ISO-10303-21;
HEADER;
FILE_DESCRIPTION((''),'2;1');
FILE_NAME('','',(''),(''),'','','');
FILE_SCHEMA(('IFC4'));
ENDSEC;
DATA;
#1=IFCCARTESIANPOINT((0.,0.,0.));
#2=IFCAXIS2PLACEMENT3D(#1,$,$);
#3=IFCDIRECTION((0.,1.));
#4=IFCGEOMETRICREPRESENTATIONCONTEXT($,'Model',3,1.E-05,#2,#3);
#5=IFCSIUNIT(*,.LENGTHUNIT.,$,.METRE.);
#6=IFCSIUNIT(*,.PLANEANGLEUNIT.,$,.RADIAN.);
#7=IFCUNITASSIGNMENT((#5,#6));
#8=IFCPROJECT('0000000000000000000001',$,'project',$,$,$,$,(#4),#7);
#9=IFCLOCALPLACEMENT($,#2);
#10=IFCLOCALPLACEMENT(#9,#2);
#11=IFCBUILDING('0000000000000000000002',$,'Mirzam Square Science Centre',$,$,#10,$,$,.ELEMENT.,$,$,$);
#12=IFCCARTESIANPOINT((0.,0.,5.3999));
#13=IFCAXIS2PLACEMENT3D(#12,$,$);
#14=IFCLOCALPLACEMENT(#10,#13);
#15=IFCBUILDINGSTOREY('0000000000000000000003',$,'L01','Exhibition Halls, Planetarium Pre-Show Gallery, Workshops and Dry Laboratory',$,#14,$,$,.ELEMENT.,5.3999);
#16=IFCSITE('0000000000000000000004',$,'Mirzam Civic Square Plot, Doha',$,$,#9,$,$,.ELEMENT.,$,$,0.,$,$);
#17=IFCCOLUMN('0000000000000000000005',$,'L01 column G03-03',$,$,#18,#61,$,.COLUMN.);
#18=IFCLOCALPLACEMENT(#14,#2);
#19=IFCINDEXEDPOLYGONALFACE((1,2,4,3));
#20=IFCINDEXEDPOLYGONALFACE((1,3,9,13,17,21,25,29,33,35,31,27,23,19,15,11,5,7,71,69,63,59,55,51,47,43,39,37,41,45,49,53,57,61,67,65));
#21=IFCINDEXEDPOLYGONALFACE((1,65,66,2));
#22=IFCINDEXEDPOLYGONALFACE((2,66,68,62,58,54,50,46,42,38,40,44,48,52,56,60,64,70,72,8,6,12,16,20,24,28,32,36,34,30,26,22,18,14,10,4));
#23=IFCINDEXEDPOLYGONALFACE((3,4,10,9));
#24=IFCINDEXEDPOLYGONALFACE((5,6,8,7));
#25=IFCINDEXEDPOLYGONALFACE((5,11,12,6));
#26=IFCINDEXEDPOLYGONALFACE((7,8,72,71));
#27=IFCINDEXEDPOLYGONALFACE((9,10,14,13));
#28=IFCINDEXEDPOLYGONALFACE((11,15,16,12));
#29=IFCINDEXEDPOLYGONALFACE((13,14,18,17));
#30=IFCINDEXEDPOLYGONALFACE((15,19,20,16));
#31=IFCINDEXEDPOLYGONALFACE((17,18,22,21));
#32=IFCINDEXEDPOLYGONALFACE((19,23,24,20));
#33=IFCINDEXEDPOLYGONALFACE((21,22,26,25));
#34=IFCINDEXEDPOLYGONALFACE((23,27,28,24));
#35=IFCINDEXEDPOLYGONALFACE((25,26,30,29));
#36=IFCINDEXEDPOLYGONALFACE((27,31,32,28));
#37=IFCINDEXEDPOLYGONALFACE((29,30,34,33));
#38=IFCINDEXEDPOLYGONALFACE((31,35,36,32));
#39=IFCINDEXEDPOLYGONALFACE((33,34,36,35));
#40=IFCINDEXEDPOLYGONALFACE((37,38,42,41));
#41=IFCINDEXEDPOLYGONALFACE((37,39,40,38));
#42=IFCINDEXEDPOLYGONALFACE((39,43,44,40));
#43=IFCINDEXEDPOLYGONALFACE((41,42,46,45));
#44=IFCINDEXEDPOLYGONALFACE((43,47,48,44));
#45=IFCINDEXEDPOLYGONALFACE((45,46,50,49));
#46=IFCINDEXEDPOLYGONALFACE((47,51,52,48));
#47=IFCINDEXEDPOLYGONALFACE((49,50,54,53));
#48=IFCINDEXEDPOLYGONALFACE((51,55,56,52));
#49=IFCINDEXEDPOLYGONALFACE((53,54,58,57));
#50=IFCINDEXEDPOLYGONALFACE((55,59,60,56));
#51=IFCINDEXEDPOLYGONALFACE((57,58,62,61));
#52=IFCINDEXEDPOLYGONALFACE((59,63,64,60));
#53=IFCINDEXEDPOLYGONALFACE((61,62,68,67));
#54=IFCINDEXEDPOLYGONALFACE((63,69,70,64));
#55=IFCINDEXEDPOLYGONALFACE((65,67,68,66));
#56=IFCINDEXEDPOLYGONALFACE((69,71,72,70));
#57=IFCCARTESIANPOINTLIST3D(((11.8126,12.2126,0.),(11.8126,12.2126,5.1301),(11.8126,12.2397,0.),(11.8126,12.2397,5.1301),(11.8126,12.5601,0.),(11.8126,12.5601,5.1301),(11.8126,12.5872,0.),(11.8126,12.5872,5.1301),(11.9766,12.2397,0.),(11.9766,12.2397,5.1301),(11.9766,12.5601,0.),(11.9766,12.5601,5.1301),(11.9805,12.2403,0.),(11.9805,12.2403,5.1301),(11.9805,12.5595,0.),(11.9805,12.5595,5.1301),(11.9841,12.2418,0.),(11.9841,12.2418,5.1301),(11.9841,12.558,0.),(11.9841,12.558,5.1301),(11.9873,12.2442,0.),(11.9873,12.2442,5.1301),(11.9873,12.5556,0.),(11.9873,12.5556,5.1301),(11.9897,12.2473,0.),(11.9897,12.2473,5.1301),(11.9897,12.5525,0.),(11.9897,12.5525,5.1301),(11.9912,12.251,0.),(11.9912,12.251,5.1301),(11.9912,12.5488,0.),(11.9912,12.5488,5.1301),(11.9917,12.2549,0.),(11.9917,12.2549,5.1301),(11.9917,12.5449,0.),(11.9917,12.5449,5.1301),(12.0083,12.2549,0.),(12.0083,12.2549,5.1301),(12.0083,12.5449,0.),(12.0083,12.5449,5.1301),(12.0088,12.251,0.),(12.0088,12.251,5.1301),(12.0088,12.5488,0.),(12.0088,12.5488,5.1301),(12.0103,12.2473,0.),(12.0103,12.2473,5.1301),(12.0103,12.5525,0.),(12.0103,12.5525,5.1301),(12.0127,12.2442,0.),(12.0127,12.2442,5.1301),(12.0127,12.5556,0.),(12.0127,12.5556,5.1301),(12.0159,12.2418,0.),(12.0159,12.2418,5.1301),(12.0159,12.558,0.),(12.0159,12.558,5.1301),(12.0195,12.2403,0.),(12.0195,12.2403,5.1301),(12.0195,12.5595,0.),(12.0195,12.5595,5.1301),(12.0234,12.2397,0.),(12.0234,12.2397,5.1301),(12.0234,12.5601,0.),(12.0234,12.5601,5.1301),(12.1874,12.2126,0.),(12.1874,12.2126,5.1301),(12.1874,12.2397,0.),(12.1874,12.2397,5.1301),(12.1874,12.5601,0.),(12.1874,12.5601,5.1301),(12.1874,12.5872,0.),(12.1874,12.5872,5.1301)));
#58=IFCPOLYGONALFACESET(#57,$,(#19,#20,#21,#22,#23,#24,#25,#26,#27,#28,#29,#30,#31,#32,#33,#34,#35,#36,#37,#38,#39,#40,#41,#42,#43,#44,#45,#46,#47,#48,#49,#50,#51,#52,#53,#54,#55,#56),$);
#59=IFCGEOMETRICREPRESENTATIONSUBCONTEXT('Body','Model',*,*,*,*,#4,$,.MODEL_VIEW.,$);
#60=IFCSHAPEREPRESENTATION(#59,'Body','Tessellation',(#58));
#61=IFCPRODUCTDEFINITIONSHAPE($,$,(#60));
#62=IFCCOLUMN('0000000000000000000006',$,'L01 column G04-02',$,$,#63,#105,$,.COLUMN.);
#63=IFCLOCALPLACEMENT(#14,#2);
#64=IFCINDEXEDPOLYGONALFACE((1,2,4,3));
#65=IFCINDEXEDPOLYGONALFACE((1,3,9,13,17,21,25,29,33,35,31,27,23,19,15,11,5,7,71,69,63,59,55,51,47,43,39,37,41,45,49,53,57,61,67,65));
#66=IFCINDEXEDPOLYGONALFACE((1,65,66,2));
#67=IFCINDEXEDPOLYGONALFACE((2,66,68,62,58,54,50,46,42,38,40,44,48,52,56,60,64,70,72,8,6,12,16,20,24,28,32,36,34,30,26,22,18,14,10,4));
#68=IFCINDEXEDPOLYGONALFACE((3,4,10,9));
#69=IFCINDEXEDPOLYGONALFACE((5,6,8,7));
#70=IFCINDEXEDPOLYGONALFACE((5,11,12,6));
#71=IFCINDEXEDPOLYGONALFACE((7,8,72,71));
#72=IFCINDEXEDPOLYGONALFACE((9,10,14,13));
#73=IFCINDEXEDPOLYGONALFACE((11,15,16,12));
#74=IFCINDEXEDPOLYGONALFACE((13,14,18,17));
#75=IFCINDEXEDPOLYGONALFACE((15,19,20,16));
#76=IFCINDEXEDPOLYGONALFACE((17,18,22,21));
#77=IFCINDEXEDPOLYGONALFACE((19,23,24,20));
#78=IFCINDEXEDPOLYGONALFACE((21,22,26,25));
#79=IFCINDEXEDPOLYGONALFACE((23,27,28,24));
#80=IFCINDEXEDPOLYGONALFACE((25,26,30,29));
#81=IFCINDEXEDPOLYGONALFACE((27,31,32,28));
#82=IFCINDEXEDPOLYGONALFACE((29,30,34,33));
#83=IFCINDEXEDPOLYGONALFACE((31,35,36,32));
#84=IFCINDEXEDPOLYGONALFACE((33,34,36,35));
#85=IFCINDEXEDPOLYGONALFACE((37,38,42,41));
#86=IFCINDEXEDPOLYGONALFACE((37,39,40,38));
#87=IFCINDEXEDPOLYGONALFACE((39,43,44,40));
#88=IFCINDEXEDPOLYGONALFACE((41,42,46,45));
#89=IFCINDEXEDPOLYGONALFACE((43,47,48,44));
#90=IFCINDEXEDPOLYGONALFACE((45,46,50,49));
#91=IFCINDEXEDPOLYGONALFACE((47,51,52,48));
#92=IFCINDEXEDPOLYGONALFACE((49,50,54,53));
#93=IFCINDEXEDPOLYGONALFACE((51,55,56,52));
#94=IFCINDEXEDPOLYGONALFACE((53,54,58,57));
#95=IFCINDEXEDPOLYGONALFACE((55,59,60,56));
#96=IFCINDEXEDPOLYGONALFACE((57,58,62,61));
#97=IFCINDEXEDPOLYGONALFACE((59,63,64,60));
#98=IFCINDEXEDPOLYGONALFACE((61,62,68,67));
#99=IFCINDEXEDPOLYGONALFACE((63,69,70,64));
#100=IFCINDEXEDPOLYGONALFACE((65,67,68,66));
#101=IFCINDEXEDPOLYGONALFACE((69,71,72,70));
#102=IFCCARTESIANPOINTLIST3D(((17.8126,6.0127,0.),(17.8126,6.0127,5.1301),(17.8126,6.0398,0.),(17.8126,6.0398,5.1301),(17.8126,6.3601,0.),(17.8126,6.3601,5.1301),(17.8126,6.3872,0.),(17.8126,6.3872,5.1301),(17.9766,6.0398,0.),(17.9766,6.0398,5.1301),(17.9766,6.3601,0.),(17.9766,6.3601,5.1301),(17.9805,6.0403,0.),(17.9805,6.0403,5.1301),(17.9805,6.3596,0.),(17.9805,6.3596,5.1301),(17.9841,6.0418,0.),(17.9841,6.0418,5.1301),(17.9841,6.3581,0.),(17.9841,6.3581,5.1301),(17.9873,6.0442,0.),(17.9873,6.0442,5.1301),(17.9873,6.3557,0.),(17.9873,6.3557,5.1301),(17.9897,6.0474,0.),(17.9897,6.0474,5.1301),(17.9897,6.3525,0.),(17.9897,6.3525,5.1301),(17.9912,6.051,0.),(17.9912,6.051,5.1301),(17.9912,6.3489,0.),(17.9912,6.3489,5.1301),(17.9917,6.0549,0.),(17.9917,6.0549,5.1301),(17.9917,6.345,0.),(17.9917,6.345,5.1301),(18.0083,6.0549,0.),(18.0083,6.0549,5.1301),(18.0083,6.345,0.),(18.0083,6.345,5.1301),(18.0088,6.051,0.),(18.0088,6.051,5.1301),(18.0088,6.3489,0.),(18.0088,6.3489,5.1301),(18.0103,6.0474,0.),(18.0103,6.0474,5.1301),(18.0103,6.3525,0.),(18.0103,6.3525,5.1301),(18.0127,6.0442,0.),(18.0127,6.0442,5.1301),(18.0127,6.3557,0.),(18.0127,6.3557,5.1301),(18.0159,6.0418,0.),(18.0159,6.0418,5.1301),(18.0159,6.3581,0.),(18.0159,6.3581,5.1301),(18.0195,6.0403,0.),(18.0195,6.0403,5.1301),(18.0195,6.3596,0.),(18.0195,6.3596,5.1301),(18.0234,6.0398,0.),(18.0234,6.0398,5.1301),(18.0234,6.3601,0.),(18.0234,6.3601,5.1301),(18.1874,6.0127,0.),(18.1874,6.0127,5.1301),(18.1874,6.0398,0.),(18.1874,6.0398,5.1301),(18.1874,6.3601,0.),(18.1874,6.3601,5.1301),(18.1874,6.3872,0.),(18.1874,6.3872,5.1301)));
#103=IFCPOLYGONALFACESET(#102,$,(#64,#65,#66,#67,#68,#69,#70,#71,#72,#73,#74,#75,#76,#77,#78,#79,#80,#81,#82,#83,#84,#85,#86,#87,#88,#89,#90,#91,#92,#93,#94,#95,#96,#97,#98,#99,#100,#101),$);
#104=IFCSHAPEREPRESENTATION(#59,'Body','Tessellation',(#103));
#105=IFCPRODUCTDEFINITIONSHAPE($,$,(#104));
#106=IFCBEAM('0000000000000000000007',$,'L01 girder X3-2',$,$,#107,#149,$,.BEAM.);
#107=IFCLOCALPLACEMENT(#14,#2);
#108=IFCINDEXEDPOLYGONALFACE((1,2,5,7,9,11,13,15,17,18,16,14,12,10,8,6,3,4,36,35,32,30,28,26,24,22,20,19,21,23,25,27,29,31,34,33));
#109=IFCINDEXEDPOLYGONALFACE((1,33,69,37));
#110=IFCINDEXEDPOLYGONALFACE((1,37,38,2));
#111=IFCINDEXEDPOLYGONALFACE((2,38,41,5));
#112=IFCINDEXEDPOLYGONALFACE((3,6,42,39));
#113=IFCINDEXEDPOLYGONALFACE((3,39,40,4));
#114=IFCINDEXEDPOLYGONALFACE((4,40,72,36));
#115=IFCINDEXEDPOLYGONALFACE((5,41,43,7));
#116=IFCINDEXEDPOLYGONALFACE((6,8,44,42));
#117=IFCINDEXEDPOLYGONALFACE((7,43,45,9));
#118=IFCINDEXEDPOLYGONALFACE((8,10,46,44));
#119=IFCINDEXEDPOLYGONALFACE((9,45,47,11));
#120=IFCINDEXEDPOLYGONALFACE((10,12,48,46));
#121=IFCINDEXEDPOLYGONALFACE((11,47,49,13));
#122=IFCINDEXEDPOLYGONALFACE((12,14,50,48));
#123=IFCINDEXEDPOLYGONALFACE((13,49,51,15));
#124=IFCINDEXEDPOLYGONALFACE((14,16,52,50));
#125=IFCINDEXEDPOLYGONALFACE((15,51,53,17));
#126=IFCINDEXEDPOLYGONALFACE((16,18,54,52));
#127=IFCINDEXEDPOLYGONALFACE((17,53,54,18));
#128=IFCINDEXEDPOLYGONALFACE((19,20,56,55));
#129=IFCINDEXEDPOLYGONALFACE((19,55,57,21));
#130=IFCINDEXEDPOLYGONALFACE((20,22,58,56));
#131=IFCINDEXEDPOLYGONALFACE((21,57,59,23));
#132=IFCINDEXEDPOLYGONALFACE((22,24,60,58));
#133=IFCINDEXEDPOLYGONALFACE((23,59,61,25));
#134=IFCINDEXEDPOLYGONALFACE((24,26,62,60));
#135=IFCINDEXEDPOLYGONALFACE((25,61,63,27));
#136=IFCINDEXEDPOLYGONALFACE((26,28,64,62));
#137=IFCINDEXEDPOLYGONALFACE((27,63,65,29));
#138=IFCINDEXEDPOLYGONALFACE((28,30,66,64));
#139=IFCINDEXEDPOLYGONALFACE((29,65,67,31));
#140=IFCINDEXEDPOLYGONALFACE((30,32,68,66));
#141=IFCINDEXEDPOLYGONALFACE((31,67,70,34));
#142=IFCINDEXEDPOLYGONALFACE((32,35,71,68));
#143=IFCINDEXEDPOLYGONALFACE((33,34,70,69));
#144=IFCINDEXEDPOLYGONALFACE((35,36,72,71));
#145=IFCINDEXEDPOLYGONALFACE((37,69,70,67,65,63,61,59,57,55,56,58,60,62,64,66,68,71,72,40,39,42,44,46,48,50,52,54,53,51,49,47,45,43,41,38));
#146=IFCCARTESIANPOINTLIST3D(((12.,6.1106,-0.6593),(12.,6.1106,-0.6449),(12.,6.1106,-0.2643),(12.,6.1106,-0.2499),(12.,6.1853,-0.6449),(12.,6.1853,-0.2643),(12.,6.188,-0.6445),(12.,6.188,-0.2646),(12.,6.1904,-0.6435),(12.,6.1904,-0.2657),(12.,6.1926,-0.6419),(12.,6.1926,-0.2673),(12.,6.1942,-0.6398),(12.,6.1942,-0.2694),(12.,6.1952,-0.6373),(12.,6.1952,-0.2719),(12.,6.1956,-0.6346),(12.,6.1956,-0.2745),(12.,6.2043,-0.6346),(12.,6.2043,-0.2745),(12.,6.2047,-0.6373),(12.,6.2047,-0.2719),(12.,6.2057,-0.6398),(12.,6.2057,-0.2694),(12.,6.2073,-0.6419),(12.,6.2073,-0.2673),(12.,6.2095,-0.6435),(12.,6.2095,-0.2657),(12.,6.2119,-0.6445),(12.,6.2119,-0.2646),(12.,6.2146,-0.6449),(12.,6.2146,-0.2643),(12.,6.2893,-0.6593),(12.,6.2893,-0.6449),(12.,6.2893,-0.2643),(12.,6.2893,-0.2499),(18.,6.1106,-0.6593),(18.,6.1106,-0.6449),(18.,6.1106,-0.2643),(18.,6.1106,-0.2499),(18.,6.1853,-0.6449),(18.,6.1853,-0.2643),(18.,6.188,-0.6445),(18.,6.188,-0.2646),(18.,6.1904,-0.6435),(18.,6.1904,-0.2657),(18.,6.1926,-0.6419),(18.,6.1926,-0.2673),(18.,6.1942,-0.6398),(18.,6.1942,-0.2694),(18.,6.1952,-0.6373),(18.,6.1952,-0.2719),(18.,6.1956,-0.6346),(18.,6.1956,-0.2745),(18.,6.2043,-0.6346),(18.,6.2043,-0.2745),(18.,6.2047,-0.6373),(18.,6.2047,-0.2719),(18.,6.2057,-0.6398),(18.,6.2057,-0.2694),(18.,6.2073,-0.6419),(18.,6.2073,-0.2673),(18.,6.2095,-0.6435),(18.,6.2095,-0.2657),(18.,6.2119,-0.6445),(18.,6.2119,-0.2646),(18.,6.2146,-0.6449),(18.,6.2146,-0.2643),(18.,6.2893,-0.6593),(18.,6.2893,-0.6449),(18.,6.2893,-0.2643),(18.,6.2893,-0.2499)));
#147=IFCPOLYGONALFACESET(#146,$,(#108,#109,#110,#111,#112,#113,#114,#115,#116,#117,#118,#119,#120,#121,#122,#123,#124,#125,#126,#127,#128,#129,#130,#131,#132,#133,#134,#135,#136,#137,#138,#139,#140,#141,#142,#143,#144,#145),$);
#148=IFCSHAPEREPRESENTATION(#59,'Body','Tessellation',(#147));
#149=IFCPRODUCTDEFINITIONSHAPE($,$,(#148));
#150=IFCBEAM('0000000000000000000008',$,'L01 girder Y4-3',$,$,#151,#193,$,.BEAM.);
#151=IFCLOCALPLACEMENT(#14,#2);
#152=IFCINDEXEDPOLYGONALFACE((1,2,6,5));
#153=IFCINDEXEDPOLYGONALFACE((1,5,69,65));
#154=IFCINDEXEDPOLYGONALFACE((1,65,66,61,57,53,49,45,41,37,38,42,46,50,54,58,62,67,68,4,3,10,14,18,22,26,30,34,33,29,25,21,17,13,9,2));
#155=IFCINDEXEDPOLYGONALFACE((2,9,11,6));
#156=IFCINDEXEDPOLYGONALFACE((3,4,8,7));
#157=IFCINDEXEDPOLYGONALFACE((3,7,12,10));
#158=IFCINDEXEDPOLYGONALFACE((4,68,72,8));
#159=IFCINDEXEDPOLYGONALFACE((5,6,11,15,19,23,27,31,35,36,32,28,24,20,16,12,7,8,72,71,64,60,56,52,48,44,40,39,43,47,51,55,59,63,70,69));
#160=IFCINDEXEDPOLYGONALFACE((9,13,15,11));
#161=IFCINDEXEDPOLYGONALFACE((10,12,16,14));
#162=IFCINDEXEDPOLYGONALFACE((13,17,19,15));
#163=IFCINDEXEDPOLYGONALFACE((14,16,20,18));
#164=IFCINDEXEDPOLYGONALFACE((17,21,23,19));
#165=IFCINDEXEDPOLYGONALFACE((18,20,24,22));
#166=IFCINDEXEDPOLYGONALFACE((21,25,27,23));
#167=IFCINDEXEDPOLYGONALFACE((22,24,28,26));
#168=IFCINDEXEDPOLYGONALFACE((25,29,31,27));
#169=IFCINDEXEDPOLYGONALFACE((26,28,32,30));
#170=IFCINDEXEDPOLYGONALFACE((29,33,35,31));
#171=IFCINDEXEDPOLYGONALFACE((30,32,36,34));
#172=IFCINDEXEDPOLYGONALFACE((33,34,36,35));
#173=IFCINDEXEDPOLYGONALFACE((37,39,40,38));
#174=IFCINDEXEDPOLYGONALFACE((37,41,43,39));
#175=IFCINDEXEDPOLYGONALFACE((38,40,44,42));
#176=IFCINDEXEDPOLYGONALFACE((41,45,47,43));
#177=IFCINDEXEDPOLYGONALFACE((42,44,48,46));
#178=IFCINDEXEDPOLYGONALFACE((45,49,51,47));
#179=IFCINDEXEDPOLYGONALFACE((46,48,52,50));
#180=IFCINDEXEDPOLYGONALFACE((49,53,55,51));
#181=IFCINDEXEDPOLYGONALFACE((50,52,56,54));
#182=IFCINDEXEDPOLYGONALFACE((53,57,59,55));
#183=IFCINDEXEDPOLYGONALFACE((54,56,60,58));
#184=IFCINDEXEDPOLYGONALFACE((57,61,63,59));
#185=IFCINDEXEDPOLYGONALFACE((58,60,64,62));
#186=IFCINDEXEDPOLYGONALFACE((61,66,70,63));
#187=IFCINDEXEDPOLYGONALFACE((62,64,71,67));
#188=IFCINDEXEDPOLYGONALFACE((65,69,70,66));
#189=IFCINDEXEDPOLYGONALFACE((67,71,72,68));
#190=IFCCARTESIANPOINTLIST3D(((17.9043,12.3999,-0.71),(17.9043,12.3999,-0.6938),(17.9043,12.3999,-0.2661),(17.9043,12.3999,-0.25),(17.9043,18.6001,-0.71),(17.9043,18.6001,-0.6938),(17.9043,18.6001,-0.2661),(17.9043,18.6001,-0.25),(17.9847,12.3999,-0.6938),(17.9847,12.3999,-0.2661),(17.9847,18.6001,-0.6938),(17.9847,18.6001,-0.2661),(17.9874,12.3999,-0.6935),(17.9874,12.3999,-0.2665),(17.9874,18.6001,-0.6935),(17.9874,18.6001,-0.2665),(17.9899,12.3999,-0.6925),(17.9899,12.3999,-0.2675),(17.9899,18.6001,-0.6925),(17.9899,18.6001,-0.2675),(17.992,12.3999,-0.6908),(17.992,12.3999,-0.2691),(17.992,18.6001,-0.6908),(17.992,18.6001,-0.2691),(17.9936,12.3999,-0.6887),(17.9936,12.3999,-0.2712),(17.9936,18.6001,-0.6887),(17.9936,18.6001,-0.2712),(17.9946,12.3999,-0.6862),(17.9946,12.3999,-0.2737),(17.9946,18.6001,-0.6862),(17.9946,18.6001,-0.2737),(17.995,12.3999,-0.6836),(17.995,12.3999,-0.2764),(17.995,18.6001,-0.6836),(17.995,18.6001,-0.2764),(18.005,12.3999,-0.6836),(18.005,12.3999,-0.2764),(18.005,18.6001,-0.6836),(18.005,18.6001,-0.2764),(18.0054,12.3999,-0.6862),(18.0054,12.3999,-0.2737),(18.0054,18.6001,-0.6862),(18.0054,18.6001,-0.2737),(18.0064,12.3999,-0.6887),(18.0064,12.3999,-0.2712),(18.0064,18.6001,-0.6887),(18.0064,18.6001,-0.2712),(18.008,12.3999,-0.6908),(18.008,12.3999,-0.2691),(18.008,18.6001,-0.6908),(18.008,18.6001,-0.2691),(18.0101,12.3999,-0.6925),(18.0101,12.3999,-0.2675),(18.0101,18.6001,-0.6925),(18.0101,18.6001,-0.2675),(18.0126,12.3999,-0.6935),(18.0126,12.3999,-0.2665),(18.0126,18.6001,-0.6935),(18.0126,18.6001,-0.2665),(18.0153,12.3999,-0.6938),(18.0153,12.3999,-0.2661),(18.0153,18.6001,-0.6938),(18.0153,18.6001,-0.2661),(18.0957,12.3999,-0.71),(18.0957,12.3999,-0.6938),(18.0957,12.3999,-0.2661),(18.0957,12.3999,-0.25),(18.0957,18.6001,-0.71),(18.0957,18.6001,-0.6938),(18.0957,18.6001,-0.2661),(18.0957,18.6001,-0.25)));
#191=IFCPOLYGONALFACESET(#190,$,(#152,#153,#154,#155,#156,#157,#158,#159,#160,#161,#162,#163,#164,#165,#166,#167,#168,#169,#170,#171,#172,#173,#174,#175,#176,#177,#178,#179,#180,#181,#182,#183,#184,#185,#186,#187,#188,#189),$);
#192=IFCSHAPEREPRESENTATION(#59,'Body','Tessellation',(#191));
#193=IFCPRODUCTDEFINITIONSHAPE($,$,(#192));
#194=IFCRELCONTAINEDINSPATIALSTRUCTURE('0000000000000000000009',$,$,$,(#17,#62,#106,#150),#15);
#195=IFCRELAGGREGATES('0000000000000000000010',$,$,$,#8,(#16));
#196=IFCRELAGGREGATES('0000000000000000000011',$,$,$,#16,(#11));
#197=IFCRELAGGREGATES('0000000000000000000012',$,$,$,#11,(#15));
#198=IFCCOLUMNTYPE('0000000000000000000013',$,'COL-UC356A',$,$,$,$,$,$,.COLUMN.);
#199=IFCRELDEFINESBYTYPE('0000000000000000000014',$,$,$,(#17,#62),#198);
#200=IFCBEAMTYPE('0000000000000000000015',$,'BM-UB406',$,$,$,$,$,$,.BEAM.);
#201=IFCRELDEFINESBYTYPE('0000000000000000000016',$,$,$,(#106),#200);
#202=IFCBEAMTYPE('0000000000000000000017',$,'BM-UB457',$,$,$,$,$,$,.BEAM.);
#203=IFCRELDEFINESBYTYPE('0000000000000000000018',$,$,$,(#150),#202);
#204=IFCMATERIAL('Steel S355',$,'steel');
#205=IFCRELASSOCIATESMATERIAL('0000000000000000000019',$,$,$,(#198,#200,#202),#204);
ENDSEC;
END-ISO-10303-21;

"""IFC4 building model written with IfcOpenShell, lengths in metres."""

from ifc_helpers import new_model, si_unit, direction, frame, origin, origin_2d, place, context, subcontext, project, spatial, i_section, extrude, material, material_profile, profile_set, type_object, element, save


model = new_model("IFC4")

# Units and contexts
model_context = context("Model", 3, precision=1e-05, world=origin(), true_north=direction((0.0, 1.0)))
body_context = subcontext(model_context, "Body", "Model", "MODEL_VIEW")
ifc_project = project(units=[si_unit("LENGTHUNIT", "METRE"), si_unit("PLANEANGLEUNIT", "RADIAN")], contexts=[model_context])

# Site, building, storey
site_placement = place(None, origin())
site = spatial("IfcSite", under=ifc_project, at=site_placement, Name="Mirzam Civic Square Plot, Doha", CompositionType="ELEMENT", RefElevation=0.0)
building_placement = place(site_placement, origin())
building = spatial("IfcBuilding", under=site, at=building_placement, Name="Mirzam Square Science Centre", CompositionType="ELEMENT")
storey_placement = place(building_placement, frame((0.0, 0.0, 5.3999)))
storey = spatial("IfcBuildingStorey", under=building, at=storey_placement, Name="L01", Description="Exhibition Halls, Planetarium Pre-Show Gallery, Workshops and Dry Laboratory", CompositionType="ELEMENT", Elevation=5.3999)

# Columns
ifc_material_1 = material(Name="Steel S355", Category="steel")
ifc_material_profile_1 = material_profile(ifc_material_1, i_section(OverallWidth=0.3748, OverallDepth=0.3745, WebThickness=0.0166, FlangeThickness=0.0271, FilletRadius=0.0151, at=origin_2d()), Name="356x368x202UC")
ifc_profile_set_1 = profile_set([ifc_material_profile_1], Name="Steel S355")
column_type_1 = type_object("IfcColumnType", Name="COL-UC356A", PredefinedType="COLUMN", material=ifc_profile_set_1)
for number, where, z_axis, x_axis, name in (
    (1, (12.0, 12.3999, 0.0), (0.0, 0.0, 1.0), (1.0, 0.0, 0.0), "L01 column G03-03"),
    (2, (18.0, 6.2, 0.0), (0.0, 0.0, 1.0), (1.0, 0.0, 0.0), "L01 column G04-02"),
):
    element("IfcColumn", number, at=place(storey_placement, frame(where, z_axis=z_axis, x_axis=x_axis)), inside=storey, type_object=column_type_1, Name=name, PredefinedType="COLUMN", context=body_context, shape_type="SweptSolid", body=[
        extrude(i_section(OverallWidth=0.3748, OverallDepth=0.3745, WebThickness=0.0166, FlangeThickness=0.0271, FilletRadius=0.0151, at=origin_2d()), origin(), (0.0, 0.0, 1.0), 5.1301),
    ])

# Beams
ifc_material_profile_2 = material_profile(ifc_material_1, i_section(OverallWidth=0.1787, OverallDepth=0.4094, WebThickness=0.0088, FlangeThickness=0.0144, FilletRadius=0.0103, at=origin_2d()), Name="406x178x67UB")
ifc_profile_set_2 = profile_set([ifc_material_profile_2], Name="Steel S355")
beam_type_1 = type_object("IfcBeamType", Name="BM-UB406", PredefinedType="BEAM", material=ifc_profile_set_2)
beam_1_placement = place(storey_placement, frame((12.0, 6.2, -0.4546), z_axis=(1.0, 0.0, 0.0), x_axis=(0.0, 1.0, 0.0)))
element("IfcBeam", 3, at=beam_1_placement, inside=storey, type_object=beam_type_1, Name="L01 girder X3-2", PredefinedType="BEAM", context=body_context, shape_type="SweptSolid", body=[
    extrude(i_section(OverallWidth=0.1787, OverallDepth=0.4094, WebThickness=0.0088, FlangeThickness=0.0144, FilletRadius=0.0103, at=origin_2d()), origin(), (0.0, 0.0, 1.0), 6.0),
])
ifc_material_profile_3 = material_profile(ifc_material_1, i_section(OverallWidth=0.1914, OverallDepth=0.46, WebThickness=0.01, FlangeThickness=0.0161, FilletRadius=0.0103, at=origin_2d()), Name="457x191x82UB")
ifc_profile_set_3 = profile_set([ifc_material_profile_3], Name="Steel S355")
beam_type_2 = type_object("IfcBeamType", Name="BM-UB457", PredefinedType="BEAM", material=ifc_profile_set_3)
beam_2_placement = place(storey_placement, frame((18.0, 12.3999, -0.48), z_axis=(0.0, 1.0, 0.0), x_axis=(-1.0, 0.0, 0.0)))
element("IfcBeam", 4, at=beam_2_placement, inside=storey, type_object=beam_type_2, Name="L01 girder Y4-3", PredefinedType="BEAM", context=body_context, shape_type="SweptSolid", body=[
    extrude(i_section(OverallWidth=0.1914, OverallDepth=0.46, WebThickness=0.01, FlangeThickness=0.0161, FilletRadius=0.0103, at=origin_2d()), origin(), (0.0, 0.0, 1.0), 6.2002),
])

save(model, "model.ifc")
